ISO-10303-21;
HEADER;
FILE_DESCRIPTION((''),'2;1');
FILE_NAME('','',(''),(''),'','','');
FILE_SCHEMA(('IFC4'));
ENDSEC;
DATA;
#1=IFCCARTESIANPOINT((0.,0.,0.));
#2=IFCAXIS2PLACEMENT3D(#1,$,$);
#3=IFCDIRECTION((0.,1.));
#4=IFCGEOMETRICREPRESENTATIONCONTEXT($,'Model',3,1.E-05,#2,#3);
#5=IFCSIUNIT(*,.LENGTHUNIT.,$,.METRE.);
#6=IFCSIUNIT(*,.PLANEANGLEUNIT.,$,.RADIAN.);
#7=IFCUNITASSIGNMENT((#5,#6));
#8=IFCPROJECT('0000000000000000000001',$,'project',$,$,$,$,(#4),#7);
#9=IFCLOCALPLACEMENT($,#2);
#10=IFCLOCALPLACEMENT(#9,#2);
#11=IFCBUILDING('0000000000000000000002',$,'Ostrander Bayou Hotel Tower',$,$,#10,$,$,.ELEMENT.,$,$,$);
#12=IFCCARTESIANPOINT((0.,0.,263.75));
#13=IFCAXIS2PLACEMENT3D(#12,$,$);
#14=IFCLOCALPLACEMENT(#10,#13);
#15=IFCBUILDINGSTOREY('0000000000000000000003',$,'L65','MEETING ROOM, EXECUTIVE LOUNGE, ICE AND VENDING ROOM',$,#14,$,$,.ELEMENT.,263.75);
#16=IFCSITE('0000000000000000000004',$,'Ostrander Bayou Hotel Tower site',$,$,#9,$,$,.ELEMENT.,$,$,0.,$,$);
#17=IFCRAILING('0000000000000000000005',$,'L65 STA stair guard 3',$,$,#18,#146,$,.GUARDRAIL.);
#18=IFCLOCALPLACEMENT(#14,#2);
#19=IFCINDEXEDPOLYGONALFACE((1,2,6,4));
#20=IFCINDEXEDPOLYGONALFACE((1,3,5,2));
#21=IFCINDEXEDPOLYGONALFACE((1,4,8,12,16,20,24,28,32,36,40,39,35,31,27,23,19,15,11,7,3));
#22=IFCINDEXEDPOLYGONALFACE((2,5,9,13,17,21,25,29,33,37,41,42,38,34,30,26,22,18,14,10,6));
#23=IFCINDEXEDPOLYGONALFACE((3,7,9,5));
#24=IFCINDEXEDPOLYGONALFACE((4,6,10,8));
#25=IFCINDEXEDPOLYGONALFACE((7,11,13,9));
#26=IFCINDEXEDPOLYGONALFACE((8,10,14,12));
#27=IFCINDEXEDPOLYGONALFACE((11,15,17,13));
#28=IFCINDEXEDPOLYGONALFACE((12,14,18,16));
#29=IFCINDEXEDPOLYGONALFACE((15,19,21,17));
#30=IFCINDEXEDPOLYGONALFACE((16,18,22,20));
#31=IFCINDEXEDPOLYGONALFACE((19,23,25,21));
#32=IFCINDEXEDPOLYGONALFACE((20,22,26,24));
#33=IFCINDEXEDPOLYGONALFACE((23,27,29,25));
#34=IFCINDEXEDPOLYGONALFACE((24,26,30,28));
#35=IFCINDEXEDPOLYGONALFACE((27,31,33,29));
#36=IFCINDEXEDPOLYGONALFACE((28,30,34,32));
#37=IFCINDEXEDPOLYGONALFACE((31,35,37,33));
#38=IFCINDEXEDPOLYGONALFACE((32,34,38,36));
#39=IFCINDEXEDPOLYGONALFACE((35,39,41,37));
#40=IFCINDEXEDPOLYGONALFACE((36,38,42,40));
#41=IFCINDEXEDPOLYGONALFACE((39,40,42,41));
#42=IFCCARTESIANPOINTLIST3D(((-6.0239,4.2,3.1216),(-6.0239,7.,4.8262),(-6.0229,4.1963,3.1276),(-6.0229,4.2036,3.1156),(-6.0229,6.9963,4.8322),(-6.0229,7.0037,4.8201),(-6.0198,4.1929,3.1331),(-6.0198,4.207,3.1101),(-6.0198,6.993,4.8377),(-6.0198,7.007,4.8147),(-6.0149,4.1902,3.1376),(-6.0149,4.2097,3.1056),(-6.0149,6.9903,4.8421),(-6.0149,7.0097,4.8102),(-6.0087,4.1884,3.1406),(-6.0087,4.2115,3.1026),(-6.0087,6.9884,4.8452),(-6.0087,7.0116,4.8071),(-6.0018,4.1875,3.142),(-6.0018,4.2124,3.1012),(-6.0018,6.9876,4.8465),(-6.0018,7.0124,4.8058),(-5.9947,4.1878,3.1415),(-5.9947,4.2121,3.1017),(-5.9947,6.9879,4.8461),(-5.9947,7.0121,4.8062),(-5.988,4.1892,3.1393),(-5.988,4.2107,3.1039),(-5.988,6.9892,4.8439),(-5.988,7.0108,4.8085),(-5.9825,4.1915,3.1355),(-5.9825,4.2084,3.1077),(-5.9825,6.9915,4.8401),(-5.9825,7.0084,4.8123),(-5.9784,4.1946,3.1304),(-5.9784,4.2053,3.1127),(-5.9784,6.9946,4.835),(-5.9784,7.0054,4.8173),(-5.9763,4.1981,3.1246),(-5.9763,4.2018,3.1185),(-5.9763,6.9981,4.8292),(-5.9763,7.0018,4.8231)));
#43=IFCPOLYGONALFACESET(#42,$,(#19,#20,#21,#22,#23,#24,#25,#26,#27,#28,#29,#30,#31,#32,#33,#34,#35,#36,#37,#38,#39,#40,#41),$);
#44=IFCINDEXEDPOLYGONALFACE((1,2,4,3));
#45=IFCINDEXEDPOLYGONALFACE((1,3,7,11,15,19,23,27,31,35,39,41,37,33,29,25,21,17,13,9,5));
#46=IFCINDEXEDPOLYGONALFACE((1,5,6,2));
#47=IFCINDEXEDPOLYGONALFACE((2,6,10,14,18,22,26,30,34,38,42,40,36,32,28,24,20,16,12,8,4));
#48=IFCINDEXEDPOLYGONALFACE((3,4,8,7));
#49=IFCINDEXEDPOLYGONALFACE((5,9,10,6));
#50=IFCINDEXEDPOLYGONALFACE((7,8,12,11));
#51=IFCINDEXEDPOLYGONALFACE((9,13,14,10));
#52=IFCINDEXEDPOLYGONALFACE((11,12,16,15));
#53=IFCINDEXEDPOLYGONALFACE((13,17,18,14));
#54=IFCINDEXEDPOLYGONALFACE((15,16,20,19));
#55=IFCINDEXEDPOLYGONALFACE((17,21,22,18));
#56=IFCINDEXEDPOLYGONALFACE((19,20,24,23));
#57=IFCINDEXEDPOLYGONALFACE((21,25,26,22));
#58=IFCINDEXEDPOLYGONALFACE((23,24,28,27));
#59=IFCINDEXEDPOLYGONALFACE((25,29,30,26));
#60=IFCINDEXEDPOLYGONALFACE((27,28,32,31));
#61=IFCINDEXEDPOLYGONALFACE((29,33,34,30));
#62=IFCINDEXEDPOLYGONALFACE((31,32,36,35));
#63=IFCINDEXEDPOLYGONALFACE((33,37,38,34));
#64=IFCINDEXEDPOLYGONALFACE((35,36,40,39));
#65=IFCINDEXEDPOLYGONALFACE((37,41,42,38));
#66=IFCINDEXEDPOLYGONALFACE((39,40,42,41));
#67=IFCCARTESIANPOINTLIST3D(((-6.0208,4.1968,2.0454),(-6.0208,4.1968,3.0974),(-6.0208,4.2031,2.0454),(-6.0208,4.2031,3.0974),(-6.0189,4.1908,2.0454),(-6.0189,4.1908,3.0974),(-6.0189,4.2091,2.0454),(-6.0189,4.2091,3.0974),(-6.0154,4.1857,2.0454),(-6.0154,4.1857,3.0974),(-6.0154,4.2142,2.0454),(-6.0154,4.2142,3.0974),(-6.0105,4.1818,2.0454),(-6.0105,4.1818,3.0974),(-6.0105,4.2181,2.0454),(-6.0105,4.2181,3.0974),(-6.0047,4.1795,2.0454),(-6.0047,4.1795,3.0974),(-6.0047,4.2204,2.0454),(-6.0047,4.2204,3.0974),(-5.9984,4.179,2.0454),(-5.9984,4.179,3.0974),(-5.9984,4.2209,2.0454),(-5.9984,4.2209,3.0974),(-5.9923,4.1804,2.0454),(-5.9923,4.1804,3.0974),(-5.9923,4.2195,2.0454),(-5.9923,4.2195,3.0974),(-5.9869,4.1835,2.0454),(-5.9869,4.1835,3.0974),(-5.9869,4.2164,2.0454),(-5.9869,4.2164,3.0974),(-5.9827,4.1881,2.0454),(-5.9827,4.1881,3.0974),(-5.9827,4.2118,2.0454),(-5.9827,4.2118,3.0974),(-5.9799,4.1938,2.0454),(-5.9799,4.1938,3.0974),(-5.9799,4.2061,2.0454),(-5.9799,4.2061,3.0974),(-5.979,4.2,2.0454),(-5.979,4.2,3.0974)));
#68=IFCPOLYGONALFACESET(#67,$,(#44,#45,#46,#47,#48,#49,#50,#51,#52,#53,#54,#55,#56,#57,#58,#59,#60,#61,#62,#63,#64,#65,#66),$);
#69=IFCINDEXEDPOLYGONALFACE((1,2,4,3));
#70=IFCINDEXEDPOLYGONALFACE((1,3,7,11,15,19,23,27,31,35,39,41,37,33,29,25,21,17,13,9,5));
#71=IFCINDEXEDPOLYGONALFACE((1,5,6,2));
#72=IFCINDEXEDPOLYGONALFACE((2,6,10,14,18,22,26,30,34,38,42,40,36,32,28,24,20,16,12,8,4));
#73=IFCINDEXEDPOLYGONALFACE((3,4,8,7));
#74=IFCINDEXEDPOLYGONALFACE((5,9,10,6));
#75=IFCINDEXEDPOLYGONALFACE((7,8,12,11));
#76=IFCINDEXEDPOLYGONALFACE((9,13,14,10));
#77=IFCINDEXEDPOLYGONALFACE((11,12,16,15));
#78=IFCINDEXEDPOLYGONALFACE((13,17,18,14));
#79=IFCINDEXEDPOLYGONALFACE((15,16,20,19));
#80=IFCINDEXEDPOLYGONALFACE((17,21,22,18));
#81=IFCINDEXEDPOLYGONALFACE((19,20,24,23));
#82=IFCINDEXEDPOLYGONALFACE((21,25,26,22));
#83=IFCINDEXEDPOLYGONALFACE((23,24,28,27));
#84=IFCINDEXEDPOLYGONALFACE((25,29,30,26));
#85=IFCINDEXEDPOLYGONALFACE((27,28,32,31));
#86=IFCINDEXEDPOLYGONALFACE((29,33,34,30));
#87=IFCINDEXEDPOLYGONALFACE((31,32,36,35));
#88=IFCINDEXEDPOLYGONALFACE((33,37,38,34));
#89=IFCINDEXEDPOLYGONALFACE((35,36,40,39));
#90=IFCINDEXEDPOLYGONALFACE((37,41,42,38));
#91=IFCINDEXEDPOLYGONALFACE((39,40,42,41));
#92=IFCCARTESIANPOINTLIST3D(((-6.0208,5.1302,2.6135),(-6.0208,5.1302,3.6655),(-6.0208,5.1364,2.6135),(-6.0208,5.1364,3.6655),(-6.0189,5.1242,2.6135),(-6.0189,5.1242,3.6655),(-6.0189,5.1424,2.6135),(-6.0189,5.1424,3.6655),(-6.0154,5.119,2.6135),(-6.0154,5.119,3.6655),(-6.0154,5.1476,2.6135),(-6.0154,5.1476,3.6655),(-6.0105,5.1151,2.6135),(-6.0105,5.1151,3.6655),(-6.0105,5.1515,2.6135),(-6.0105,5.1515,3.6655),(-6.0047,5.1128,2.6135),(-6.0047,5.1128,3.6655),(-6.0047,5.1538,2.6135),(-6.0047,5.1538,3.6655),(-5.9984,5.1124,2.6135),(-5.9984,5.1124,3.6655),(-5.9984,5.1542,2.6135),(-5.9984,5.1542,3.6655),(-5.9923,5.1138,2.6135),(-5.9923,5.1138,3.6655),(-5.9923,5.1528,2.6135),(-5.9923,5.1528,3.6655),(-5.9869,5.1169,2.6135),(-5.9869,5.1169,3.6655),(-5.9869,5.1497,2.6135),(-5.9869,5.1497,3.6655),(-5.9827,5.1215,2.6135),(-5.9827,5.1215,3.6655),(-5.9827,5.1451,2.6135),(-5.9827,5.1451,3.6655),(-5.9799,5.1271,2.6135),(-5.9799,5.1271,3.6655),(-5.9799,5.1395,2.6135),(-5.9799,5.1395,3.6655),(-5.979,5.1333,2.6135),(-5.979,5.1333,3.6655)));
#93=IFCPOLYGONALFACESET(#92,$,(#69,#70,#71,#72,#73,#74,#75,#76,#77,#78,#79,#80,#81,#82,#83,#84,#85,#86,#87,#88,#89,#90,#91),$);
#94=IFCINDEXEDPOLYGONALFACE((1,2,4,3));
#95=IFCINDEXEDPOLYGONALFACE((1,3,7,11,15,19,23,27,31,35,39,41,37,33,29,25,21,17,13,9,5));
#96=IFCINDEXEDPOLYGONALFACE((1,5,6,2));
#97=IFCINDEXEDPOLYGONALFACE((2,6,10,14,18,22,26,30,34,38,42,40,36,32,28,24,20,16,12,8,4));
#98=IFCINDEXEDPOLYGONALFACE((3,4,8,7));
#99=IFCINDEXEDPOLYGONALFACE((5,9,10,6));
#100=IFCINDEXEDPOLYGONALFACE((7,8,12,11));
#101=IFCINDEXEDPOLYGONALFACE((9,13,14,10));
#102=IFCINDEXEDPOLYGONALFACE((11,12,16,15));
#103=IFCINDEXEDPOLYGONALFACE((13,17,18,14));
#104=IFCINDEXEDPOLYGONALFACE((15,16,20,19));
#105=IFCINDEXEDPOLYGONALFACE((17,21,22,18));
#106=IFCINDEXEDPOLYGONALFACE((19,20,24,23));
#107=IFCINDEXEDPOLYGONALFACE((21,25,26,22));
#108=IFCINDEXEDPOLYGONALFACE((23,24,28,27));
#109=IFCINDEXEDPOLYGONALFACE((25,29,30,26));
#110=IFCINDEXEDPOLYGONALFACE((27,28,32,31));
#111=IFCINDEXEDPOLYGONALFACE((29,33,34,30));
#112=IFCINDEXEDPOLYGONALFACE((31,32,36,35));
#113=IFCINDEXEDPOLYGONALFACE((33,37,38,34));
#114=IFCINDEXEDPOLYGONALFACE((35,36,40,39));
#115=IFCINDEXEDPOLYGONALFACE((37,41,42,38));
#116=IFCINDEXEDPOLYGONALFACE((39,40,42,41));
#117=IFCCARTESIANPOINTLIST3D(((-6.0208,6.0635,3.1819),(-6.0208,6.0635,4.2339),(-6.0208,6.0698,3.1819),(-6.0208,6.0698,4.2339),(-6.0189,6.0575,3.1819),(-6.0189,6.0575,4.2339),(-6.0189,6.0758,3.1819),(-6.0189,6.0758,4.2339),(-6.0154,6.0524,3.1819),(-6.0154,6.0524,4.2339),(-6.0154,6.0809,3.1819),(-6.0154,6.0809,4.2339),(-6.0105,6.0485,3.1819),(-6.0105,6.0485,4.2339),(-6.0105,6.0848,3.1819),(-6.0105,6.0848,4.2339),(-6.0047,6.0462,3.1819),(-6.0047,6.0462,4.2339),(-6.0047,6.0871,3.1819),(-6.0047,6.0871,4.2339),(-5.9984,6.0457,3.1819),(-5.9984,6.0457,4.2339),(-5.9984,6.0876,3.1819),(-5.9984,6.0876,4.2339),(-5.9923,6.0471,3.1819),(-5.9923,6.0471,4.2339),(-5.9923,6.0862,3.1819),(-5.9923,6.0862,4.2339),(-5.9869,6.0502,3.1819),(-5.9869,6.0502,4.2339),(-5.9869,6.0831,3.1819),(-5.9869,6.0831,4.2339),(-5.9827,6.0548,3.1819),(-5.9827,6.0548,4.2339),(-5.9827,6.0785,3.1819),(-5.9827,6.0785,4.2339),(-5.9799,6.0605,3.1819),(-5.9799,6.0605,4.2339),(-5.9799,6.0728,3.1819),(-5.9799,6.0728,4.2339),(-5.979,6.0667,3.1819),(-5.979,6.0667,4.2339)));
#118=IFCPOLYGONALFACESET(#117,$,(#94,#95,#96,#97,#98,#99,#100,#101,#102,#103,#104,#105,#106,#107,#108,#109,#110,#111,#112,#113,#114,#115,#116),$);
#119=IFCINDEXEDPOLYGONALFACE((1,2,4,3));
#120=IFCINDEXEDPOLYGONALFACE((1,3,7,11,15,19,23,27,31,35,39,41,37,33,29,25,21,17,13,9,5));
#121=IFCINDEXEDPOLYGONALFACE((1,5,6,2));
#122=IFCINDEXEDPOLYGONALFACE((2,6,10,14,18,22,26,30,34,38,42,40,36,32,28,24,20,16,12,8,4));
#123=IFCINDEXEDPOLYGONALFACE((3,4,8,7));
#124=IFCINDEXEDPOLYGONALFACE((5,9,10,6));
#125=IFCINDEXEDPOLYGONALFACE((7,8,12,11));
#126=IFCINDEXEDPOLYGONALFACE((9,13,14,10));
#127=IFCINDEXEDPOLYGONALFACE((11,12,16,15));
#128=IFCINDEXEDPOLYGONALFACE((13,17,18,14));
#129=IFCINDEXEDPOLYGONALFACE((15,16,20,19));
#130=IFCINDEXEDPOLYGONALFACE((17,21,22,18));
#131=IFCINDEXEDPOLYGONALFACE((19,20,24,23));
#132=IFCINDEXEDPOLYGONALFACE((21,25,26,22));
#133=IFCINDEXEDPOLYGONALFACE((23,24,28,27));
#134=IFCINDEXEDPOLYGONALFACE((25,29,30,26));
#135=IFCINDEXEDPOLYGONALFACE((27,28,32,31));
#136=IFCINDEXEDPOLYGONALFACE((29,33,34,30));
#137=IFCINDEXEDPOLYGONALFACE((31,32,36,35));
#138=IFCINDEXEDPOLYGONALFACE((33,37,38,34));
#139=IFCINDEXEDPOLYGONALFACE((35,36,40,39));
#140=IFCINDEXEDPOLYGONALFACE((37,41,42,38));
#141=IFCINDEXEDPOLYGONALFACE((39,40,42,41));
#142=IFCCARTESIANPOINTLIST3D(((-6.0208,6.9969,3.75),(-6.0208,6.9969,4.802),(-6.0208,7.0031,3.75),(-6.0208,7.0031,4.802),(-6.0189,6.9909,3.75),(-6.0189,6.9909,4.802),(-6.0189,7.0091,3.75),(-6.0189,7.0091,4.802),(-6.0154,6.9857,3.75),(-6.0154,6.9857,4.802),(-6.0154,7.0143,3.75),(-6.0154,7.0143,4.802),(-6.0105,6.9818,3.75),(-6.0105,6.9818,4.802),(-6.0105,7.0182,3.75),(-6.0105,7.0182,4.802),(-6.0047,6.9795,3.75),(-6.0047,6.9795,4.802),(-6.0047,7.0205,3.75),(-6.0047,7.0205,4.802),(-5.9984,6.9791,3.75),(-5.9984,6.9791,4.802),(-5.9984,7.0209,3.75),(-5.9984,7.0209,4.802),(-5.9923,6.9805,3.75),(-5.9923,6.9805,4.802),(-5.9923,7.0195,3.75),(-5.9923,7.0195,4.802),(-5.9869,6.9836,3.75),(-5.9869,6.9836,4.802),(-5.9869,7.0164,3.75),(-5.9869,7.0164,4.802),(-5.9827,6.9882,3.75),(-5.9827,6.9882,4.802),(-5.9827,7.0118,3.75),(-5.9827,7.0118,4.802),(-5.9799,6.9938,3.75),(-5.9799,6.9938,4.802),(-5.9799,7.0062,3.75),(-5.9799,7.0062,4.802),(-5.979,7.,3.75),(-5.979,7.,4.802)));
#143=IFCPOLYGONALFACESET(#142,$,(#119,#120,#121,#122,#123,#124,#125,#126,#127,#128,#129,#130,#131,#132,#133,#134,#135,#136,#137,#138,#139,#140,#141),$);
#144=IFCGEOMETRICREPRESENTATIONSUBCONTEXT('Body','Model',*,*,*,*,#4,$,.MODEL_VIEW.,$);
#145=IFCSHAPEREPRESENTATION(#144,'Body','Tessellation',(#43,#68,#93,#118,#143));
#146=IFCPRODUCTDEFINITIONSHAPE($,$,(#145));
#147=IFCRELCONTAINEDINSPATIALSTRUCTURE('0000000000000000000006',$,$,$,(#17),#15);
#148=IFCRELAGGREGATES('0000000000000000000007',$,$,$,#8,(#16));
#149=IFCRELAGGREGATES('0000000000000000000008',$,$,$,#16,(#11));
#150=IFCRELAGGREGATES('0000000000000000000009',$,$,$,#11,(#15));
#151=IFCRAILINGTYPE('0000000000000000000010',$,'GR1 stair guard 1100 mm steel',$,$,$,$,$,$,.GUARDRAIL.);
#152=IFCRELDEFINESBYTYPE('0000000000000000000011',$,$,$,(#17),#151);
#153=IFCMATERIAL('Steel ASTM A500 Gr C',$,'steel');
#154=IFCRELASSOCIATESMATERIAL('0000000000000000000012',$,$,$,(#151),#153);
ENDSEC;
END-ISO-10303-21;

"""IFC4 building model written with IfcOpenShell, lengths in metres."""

from ifc_helpers import new_model, si_unit, direction, frame, origin, origin_2d, place, context, subcontext, project, spatial, circle, extrude, material, type_object, element, save


model = new_model("IFC4")

# Units and contexts
model_context = context("Model", 3, precision=1e-05, world=origin(), true_north=direction((0.0, 1.0)))
body_context = subcontext(model_context, "Body", "Model", "MODEL_VIEW")
ifc_project = project(units=[si_unit("LENGTHUNIT", "METRE"), si_unit("PLANEANGLEUNIT", "RADIAN")], contexts=[model_context])

# Site, building, storey
site_placement = place(None, origin())
site = spatial("IfcSite", under=ifc_project, at=site_placement, Name="Ostrander Bayou Hotel Tower site", CompositionType="ELEMENT", RefElevation=0.0)
building_placement = place(site_placement, origin())
building = spatial("IfcBuilding", under=site, at=building_placement, Name="Ostrander Bayou Hotel Tower", CompositionType="ELEMENT")
storey_placement = place(building_placement, frame((0.0, 0.0, 263.75)))
storey = spatial("IfcBuildingStorey", under=building, at=storey_placement, Name="L65", Description="MEETING ROOM, EXECUTIVE LOUNGE, ICE AND VENDING ROOM", CompositionType="ELEMENT", Elevation=263.75)

# Railing
ifc_material_1 = material(Name="Steel ASTM A500 Gr C", Category="steel")
railing_type_1 = type_object("IfcRailingType", Name="GR1 stair guard 1100 mm steel", PredefinedType="GUARDRAIL", material=ifc_material_1)
railing_1_placement = place(storey_placement, frame((-6.0, 4.2, 2.0454)))
element("IfcRailing", 1, at=railing_1_placement, inside=storey, type_object=railing_type_1, Name="L65 STA stair guard 3", PredefinedType="GUARDRAIL", context=body_context, shape_type="SweptSolid", body=[
    extrude(circle(Radius=0.0239, at=origin_2d()), frame((0.0, 0.0, 1.0762), z_axis=(0.0, 0.85417, 0.519994), x_axis=(-1.0, 0.0, 0.0)), (0.0, 0.0, 1.0), 3.2781),
    extrude(circle(Radius=0.021, at=origin_2d()), origin(), (0.0, 0.0, 1.0), 1.052),
    extrude(circle(Radius=0.021, at=origin_2d()), frame((0.0, 0.9333, 0.5681)), (0.0, 0.0, 1.0), 1.052),
    extrude(circle(Radius=0.021, at=origin_2d()), frame((0.0, 1.8667, 1.1365)), (0.0, 0.0, 1.0), 1.052),
    extrude(circle(Radius=0.021, at=origin_2d()), frame((0.0, 2.8, 1.7046)), (0.0, 0.0, 1.0), 1.052),
])

save(model, "model.ifc")
